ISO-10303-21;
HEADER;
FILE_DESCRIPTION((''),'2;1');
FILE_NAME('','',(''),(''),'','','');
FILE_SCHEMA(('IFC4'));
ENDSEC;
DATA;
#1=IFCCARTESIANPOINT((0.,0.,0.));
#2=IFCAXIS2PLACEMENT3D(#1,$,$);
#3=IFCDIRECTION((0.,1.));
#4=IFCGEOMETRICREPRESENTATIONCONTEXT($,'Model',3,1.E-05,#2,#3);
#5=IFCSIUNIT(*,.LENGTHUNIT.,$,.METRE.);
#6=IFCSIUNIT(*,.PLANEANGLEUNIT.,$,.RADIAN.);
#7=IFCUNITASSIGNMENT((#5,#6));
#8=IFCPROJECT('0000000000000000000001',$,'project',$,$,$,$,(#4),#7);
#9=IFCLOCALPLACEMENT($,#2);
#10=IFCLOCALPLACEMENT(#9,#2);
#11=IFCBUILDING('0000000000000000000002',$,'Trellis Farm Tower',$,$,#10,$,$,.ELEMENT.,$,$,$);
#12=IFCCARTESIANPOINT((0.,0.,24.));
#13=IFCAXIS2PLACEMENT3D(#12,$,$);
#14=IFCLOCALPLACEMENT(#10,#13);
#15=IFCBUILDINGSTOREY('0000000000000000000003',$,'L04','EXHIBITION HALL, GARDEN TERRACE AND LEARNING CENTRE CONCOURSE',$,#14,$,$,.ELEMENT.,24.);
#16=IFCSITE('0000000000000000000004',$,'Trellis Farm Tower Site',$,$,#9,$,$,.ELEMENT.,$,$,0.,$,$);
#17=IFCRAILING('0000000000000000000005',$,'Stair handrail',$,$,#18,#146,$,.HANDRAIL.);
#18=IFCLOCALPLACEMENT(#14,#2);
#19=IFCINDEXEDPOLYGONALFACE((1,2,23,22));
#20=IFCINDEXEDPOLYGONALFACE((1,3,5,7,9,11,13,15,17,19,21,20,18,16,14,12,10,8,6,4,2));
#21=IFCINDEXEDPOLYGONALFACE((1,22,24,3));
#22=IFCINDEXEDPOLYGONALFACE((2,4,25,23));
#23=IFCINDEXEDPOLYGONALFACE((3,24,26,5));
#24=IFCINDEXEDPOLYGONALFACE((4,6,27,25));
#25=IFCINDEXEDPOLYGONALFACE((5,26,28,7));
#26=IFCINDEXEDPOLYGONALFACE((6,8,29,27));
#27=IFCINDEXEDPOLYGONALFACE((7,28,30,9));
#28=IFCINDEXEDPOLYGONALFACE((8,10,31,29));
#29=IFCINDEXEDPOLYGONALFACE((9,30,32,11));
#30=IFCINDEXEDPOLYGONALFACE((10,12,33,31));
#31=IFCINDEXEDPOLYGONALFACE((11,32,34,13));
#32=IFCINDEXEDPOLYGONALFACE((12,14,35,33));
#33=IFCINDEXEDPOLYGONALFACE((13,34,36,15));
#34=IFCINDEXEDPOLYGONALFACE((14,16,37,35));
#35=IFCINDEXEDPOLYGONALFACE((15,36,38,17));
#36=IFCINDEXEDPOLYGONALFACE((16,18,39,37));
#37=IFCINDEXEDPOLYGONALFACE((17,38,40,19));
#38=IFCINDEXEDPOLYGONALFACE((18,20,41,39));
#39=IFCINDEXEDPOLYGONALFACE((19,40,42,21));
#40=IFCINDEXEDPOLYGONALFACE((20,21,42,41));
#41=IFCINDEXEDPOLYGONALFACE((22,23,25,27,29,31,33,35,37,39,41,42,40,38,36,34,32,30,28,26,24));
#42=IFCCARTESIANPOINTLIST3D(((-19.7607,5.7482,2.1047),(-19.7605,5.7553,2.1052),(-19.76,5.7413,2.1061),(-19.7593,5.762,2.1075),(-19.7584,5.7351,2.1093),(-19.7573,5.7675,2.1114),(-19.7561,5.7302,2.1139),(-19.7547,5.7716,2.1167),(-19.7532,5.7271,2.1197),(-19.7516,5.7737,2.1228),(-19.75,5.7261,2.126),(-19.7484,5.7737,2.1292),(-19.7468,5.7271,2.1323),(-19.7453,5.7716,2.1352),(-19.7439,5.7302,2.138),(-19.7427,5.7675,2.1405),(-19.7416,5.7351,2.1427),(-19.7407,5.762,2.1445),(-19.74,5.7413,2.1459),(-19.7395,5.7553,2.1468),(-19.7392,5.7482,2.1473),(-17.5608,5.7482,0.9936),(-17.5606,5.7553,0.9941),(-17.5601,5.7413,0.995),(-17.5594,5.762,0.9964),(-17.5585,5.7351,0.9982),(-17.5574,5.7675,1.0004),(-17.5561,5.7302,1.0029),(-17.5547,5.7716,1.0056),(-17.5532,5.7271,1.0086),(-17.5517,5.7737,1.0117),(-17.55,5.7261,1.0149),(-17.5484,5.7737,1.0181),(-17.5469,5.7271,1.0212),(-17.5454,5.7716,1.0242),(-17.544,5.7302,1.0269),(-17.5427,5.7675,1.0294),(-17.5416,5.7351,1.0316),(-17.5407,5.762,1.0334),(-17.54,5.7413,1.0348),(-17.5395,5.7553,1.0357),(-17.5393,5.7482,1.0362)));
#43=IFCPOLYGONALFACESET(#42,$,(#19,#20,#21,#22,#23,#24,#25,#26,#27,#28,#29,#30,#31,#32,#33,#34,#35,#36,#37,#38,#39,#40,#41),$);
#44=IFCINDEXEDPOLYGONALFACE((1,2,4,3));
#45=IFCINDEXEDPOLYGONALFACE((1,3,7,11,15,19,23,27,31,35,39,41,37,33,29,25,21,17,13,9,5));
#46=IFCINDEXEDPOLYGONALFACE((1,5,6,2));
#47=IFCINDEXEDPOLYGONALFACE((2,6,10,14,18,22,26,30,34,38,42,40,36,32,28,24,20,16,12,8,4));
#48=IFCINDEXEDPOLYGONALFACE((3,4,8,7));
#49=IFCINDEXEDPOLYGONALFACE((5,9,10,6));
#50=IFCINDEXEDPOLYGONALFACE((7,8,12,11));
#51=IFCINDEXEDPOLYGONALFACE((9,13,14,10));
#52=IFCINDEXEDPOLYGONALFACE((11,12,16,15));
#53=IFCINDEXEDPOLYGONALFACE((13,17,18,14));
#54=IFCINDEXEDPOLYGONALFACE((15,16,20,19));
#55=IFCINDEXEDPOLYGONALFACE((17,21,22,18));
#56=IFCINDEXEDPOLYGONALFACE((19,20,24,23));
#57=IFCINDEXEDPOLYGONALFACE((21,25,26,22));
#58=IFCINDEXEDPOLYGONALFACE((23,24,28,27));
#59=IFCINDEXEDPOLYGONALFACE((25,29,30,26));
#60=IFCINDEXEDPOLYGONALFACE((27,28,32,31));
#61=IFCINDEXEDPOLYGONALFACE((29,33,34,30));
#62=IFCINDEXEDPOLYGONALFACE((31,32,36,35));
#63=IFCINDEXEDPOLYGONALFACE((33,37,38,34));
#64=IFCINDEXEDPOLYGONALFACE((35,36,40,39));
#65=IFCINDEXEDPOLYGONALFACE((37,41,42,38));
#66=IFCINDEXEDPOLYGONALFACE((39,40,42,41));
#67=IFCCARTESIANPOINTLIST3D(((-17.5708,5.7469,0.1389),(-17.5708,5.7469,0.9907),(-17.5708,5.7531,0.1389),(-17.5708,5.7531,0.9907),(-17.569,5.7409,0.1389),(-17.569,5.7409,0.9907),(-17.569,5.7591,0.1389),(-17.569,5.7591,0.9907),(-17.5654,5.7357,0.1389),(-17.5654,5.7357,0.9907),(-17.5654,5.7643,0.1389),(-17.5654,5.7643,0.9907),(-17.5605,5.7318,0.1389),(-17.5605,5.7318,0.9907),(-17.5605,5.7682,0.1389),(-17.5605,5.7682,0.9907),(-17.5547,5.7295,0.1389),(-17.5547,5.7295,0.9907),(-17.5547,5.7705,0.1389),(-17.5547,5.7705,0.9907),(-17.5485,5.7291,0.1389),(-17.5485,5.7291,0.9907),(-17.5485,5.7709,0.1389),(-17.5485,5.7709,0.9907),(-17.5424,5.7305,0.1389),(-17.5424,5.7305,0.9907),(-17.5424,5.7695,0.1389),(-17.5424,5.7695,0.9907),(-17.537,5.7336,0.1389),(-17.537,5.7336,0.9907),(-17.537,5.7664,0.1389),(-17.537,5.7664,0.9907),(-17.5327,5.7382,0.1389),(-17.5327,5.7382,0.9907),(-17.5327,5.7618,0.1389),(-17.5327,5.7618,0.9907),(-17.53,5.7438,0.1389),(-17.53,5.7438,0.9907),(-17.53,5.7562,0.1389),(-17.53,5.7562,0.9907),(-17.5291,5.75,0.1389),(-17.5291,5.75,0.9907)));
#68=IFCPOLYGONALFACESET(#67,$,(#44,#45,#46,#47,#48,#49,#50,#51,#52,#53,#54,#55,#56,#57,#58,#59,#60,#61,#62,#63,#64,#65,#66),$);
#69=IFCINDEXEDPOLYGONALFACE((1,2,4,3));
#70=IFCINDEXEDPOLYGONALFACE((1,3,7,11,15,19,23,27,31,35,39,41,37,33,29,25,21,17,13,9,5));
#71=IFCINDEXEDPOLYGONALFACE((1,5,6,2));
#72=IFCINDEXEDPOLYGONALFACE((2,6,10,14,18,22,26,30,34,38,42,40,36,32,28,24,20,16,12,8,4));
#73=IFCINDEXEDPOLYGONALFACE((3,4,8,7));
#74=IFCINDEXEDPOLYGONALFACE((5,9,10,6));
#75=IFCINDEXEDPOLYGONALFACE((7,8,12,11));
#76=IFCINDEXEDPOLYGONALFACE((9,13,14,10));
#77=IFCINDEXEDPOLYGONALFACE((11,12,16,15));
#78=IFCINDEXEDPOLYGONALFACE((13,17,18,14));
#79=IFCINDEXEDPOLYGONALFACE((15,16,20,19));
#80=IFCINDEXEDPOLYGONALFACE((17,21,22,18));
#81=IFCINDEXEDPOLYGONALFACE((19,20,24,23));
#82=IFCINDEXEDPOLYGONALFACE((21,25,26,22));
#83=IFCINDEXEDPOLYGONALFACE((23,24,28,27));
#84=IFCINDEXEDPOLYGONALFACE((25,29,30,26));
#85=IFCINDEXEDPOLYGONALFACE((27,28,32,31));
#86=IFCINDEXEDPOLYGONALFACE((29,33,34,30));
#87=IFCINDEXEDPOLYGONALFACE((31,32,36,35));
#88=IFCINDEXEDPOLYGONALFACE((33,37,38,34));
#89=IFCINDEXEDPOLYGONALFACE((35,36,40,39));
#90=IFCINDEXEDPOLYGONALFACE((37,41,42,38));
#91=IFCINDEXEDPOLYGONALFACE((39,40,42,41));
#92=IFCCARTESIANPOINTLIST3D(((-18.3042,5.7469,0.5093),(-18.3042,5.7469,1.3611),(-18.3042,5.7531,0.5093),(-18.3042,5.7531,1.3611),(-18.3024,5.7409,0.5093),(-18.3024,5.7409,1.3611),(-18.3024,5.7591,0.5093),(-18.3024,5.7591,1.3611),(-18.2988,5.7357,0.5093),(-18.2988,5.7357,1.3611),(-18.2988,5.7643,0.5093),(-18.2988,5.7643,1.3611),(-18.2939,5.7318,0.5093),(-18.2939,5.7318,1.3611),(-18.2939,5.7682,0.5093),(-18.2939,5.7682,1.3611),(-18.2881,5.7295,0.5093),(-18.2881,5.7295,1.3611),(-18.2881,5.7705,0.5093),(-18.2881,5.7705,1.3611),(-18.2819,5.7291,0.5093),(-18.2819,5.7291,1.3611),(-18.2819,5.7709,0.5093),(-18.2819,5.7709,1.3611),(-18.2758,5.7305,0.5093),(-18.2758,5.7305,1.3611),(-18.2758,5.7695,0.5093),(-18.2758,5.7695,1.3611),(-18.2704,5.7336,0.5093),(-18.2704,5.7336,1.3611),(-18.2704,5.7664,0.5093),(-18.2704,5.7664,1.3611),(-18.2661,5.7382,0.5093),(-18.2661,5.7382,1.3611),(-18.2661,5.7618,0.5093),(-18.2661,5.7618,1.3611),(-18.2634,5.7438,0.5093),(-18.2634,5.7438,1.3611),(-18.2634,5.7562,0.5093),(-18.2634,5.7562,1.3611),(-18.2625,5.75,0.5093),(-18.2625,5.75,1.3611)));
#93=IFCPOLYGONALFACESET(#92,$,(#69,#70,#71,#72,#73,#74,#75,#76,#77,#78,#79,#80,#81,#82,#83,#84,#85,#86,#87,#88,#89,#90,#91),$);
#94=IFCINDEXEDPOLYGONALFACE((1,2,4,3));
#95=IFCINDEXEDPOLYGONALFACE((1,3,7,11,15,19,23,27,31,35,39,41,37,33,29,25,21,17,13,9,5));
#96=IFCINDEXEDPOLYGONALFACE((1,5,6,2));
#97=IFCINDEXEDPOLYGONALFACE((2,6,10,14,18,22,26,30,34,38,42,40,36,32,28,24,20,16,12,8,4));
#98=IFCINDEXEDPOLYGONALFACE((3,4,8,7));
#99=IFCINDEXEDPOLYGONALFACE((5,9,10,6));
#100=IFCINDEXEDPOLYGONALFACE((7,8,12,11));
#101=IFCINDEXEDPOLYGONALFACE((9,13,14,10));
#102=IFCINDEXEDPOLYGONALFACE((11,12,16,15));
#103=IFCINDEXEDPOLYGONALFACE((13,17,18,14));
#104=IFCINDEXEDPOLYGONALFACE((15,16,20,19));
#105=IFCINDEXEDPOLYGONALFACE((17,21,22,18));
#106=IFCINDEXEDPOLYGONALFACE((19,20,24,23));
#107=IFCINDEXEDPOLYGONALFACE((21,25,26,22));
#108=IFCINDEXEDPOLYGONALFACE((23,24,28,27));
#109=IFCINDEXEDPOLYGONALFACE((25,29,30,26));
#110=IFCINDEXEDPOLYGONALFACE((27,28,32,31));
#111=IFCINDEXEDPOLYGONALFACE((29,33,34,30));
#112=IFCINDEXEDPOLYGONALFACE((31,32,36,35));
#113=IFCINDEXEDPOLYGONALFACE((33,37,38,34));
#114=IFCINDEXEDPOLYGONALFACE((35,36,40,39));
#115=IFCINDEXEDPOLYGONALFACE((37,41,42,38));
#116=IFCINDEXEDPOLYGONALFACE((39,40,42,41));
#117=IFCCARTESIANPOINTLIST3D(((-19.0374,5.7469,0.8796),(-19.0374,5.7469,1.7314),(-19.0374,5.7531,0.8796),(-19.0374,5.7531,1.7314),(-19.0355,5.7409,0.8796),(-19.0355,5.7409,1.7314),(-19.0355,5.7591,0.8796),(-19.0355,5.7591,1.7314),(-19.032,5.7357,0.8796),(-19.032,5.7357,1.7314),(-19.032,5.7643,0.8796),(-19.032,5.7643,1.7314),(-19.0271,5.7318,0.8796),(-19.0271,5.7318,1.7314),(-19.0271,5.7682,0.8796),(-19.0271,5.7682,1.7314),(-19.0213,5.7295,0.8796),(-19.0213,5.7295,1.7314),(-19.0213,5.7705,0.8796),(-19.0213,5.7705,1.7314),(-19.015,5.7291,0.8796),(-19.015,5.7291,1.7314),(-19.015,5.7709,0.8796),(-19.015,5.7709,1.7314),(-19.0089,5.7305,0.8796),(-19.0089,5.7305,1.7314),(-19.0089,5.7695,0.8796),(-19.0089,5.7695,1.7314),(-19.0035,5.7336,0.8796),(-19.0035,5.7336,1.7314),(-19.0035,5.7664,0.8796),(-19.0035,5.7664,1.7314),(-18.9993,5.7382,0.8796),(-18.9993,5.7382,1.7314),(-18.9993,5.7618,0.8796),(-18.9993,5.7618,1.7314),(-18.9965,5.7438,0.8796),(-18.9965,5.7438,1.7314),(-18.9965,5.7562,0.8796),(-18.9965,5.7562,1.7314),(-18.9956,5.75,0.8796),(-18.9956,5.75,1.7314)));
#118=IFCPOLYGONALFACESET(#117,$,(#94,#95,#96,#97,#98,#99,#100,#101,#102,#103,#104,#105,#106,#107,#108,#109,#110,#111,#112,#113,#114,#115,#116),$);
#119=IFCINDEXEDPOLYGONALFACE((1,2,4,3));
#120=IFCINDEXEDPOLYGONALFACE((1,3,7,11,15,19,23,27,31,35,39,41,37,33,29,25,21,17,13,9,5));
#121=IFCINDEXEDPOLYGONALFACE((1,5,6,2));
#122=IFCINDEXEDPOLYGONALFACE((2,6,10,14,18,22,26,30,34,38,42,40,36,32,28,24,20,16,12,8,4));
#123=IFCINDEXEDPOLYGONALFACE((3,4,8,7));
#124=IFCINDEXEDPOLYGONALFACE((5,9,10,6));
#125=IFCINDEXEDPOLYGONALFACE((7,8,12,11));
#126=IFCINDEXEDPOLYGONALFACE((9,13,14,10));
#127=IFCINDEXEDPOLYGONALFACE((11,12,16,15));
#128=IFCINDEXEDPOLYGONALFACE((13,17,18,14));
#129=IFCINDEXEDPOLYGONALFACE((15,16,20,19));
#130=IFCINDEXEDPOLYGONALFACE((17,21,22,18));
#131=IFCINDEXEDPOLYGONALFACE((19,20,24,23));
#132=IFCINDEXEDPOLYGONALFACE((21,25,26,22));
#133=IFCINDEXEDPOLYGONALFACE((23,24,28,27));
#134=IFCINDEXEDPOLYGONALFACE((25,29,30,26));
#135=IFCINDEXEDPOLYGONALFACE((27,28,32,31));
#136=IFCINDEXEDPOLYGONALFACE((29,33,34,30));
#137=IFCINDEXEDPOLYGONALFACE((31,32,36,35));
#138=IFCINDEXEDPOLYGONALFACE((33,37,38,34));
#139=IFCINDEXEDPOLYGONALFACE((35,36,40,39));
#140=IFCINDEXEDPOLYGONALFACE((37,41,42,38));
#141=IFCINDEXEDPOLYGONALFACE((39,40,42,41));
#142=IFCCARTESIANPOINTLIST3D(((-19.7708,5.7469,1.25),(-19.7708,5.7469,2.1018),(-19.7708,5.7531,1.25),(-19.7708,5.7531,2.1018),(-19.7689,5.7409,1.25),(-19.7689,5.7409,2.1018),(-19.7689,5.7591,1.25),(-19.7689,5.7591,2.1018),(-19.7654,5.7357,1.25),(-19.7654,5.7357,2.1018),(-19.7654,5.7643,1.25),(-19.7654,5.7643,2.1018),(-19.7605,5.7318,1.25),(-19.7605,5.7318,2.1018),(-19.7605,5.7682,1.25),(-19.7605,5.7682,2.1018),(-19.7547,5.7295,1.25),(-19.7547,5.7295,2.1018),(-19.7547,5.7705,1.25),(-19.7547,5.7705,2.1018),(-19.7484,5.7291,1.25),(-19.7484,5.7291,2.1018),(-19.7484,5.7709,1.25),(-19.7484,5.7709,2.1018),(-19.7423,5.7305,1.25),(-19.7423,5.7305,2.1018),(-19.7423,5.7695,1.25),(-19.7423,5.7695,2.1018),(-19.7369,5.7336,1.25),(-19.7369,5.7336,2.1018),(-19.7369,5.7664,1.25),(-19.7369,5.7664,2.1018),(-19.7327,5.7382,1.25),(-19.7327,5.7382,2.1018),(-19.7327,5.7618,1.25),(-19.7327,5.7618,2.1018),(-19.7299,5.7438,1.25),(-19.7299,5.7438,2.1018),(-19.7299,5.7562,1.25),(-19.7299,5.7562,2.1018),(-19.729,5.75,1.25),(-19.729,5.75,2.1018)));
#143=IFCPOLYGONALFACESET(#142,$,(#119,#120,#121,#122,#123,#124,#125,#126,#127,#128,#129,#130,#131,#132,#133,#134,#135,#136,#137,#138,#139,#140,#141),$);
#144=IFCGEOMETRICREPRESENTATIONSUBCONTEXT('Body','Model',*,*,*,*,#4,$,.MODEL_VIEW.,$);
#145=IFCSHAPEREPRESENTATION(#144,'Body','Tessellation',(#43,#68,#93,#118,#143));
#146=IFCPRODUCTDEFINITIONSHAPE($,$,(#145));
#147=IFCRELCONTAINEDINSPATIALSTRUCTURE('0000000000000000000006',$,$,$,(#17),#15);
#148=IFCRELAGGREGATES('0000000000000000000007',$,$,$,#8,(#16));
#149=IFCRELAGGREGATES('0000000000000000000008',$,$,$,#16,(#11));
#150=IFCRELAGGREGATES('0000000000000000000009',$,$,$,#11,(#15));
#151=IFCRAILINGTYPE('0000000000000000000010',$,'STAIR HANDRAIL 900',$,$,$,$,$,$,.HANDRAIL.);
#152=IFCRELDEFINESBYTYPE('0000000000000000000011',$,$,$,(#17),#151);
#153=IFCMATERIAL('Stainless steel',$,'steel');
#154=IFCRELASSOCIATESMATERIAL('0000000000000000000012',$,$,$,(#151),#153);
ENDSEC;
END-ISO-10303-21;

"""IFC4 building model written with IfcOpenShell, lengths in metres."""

from ifc_helpers import new_model, si_unit, direction, frame, origin, origin_2d, place, context, subcontext, project, spatial, circle, extrude, source, transform, mapped, material, type_object, element, save


model = new_model("IFC4")

# Units and contexts
model_context = context("Model", 3, precision=1e-05, world=origin(), true_north=direction((0.0, 1.0)))
body_context = subcontext(model_context, "Body", "Model", "MODEL_VIEW")
ifc_project = project(units=[si_unit("LENGTHUNIT", "METRE"), si_unit("PLANEANGLEUNIT", "RADIAN")], contexts=[model_context])

# Site, building, storey
site_placement = place(None, origin())
site = spatial("IfcSite", under=ifc_project, at=site_placement, Name="Trellis Farm Tower Site", CompositionType="ELEMENT", RefElevation=0.0)
building_placement = place(site_placement, origin())
building = spatial("IfcBuilding", under=site, at=building_placement, Name="Trellis Farm Tower", CompositionType="ELEMENT")
storey_placement = place(building_placement, frame((0.0, 0.0, 24.0)))
storey = spatial("IfcBuildingStorey", under=building, at=storey_placement, Name="L04", Description="EXHIBITION HALL, GARDEN TERRACE AND LEARNING CENTRE CONCOURSE", CompositionType="ELEMENT", Elevation=24.0)

# Shared definitions
ifc_material_1 = material(Name="Stainless steel", Category="steel")

# Railing
railing_type = type_object("IfcRailingType", Name="STAIR HANDRAIL 900", PredefinedType="HANDRAIL", material=ifc_material_1)
shared_shape_1 = source(origin(), body_context, "Body", "SweptSolid", [
    extrude(circle(Radius=0.0239, at=origin_2d()), frame((0.0, 0.0, 0.876), z_axis=(-0.892617, 0.0, 0.450816), x_axis=(0.0, -1.0, 0.0)), (0.0, 0.0, 1.0), 2.4646),
    extrude(circle(Radius=0.021, at=origin_2d()), origin(), (0.0, 0.0, 1.0), 0.8518),
    extrude(circle(Radius=0.021, at=origin_2d()), frame((-0.7334, 0.0, 0.3704)), (0.0, 0.0, 1.0), 0.8518),
    extrude(circle(Radius=0.021, at=origin_2d()), frame((-1.4666, 0.0, 0.7407)), (0.0, 0.0, 1.0), 0.8518),
    extrude(circle(Radius=0.021, at=origin_2d()), frame((-2.2, 0.0, 1.1111)), (0.0, 0.0, 1.0), 0.8518),
])
for number, where, name in (
    (1, (-17.55, 5.75, 0.1389), "Stair handrail"),
):
    element("IfcRailing", number, at=place(storey_placement, frame(where)), inside=storey, type_object=railing_type, Name=name, PredefinedType="HANDRAIL", context=body_context, shape_type="MappedRepresentation", body=[
        mapped(shared_shape_1, transform((0.0, 0.0, 0.0))),
    ])

save(model, "model.ifc")
